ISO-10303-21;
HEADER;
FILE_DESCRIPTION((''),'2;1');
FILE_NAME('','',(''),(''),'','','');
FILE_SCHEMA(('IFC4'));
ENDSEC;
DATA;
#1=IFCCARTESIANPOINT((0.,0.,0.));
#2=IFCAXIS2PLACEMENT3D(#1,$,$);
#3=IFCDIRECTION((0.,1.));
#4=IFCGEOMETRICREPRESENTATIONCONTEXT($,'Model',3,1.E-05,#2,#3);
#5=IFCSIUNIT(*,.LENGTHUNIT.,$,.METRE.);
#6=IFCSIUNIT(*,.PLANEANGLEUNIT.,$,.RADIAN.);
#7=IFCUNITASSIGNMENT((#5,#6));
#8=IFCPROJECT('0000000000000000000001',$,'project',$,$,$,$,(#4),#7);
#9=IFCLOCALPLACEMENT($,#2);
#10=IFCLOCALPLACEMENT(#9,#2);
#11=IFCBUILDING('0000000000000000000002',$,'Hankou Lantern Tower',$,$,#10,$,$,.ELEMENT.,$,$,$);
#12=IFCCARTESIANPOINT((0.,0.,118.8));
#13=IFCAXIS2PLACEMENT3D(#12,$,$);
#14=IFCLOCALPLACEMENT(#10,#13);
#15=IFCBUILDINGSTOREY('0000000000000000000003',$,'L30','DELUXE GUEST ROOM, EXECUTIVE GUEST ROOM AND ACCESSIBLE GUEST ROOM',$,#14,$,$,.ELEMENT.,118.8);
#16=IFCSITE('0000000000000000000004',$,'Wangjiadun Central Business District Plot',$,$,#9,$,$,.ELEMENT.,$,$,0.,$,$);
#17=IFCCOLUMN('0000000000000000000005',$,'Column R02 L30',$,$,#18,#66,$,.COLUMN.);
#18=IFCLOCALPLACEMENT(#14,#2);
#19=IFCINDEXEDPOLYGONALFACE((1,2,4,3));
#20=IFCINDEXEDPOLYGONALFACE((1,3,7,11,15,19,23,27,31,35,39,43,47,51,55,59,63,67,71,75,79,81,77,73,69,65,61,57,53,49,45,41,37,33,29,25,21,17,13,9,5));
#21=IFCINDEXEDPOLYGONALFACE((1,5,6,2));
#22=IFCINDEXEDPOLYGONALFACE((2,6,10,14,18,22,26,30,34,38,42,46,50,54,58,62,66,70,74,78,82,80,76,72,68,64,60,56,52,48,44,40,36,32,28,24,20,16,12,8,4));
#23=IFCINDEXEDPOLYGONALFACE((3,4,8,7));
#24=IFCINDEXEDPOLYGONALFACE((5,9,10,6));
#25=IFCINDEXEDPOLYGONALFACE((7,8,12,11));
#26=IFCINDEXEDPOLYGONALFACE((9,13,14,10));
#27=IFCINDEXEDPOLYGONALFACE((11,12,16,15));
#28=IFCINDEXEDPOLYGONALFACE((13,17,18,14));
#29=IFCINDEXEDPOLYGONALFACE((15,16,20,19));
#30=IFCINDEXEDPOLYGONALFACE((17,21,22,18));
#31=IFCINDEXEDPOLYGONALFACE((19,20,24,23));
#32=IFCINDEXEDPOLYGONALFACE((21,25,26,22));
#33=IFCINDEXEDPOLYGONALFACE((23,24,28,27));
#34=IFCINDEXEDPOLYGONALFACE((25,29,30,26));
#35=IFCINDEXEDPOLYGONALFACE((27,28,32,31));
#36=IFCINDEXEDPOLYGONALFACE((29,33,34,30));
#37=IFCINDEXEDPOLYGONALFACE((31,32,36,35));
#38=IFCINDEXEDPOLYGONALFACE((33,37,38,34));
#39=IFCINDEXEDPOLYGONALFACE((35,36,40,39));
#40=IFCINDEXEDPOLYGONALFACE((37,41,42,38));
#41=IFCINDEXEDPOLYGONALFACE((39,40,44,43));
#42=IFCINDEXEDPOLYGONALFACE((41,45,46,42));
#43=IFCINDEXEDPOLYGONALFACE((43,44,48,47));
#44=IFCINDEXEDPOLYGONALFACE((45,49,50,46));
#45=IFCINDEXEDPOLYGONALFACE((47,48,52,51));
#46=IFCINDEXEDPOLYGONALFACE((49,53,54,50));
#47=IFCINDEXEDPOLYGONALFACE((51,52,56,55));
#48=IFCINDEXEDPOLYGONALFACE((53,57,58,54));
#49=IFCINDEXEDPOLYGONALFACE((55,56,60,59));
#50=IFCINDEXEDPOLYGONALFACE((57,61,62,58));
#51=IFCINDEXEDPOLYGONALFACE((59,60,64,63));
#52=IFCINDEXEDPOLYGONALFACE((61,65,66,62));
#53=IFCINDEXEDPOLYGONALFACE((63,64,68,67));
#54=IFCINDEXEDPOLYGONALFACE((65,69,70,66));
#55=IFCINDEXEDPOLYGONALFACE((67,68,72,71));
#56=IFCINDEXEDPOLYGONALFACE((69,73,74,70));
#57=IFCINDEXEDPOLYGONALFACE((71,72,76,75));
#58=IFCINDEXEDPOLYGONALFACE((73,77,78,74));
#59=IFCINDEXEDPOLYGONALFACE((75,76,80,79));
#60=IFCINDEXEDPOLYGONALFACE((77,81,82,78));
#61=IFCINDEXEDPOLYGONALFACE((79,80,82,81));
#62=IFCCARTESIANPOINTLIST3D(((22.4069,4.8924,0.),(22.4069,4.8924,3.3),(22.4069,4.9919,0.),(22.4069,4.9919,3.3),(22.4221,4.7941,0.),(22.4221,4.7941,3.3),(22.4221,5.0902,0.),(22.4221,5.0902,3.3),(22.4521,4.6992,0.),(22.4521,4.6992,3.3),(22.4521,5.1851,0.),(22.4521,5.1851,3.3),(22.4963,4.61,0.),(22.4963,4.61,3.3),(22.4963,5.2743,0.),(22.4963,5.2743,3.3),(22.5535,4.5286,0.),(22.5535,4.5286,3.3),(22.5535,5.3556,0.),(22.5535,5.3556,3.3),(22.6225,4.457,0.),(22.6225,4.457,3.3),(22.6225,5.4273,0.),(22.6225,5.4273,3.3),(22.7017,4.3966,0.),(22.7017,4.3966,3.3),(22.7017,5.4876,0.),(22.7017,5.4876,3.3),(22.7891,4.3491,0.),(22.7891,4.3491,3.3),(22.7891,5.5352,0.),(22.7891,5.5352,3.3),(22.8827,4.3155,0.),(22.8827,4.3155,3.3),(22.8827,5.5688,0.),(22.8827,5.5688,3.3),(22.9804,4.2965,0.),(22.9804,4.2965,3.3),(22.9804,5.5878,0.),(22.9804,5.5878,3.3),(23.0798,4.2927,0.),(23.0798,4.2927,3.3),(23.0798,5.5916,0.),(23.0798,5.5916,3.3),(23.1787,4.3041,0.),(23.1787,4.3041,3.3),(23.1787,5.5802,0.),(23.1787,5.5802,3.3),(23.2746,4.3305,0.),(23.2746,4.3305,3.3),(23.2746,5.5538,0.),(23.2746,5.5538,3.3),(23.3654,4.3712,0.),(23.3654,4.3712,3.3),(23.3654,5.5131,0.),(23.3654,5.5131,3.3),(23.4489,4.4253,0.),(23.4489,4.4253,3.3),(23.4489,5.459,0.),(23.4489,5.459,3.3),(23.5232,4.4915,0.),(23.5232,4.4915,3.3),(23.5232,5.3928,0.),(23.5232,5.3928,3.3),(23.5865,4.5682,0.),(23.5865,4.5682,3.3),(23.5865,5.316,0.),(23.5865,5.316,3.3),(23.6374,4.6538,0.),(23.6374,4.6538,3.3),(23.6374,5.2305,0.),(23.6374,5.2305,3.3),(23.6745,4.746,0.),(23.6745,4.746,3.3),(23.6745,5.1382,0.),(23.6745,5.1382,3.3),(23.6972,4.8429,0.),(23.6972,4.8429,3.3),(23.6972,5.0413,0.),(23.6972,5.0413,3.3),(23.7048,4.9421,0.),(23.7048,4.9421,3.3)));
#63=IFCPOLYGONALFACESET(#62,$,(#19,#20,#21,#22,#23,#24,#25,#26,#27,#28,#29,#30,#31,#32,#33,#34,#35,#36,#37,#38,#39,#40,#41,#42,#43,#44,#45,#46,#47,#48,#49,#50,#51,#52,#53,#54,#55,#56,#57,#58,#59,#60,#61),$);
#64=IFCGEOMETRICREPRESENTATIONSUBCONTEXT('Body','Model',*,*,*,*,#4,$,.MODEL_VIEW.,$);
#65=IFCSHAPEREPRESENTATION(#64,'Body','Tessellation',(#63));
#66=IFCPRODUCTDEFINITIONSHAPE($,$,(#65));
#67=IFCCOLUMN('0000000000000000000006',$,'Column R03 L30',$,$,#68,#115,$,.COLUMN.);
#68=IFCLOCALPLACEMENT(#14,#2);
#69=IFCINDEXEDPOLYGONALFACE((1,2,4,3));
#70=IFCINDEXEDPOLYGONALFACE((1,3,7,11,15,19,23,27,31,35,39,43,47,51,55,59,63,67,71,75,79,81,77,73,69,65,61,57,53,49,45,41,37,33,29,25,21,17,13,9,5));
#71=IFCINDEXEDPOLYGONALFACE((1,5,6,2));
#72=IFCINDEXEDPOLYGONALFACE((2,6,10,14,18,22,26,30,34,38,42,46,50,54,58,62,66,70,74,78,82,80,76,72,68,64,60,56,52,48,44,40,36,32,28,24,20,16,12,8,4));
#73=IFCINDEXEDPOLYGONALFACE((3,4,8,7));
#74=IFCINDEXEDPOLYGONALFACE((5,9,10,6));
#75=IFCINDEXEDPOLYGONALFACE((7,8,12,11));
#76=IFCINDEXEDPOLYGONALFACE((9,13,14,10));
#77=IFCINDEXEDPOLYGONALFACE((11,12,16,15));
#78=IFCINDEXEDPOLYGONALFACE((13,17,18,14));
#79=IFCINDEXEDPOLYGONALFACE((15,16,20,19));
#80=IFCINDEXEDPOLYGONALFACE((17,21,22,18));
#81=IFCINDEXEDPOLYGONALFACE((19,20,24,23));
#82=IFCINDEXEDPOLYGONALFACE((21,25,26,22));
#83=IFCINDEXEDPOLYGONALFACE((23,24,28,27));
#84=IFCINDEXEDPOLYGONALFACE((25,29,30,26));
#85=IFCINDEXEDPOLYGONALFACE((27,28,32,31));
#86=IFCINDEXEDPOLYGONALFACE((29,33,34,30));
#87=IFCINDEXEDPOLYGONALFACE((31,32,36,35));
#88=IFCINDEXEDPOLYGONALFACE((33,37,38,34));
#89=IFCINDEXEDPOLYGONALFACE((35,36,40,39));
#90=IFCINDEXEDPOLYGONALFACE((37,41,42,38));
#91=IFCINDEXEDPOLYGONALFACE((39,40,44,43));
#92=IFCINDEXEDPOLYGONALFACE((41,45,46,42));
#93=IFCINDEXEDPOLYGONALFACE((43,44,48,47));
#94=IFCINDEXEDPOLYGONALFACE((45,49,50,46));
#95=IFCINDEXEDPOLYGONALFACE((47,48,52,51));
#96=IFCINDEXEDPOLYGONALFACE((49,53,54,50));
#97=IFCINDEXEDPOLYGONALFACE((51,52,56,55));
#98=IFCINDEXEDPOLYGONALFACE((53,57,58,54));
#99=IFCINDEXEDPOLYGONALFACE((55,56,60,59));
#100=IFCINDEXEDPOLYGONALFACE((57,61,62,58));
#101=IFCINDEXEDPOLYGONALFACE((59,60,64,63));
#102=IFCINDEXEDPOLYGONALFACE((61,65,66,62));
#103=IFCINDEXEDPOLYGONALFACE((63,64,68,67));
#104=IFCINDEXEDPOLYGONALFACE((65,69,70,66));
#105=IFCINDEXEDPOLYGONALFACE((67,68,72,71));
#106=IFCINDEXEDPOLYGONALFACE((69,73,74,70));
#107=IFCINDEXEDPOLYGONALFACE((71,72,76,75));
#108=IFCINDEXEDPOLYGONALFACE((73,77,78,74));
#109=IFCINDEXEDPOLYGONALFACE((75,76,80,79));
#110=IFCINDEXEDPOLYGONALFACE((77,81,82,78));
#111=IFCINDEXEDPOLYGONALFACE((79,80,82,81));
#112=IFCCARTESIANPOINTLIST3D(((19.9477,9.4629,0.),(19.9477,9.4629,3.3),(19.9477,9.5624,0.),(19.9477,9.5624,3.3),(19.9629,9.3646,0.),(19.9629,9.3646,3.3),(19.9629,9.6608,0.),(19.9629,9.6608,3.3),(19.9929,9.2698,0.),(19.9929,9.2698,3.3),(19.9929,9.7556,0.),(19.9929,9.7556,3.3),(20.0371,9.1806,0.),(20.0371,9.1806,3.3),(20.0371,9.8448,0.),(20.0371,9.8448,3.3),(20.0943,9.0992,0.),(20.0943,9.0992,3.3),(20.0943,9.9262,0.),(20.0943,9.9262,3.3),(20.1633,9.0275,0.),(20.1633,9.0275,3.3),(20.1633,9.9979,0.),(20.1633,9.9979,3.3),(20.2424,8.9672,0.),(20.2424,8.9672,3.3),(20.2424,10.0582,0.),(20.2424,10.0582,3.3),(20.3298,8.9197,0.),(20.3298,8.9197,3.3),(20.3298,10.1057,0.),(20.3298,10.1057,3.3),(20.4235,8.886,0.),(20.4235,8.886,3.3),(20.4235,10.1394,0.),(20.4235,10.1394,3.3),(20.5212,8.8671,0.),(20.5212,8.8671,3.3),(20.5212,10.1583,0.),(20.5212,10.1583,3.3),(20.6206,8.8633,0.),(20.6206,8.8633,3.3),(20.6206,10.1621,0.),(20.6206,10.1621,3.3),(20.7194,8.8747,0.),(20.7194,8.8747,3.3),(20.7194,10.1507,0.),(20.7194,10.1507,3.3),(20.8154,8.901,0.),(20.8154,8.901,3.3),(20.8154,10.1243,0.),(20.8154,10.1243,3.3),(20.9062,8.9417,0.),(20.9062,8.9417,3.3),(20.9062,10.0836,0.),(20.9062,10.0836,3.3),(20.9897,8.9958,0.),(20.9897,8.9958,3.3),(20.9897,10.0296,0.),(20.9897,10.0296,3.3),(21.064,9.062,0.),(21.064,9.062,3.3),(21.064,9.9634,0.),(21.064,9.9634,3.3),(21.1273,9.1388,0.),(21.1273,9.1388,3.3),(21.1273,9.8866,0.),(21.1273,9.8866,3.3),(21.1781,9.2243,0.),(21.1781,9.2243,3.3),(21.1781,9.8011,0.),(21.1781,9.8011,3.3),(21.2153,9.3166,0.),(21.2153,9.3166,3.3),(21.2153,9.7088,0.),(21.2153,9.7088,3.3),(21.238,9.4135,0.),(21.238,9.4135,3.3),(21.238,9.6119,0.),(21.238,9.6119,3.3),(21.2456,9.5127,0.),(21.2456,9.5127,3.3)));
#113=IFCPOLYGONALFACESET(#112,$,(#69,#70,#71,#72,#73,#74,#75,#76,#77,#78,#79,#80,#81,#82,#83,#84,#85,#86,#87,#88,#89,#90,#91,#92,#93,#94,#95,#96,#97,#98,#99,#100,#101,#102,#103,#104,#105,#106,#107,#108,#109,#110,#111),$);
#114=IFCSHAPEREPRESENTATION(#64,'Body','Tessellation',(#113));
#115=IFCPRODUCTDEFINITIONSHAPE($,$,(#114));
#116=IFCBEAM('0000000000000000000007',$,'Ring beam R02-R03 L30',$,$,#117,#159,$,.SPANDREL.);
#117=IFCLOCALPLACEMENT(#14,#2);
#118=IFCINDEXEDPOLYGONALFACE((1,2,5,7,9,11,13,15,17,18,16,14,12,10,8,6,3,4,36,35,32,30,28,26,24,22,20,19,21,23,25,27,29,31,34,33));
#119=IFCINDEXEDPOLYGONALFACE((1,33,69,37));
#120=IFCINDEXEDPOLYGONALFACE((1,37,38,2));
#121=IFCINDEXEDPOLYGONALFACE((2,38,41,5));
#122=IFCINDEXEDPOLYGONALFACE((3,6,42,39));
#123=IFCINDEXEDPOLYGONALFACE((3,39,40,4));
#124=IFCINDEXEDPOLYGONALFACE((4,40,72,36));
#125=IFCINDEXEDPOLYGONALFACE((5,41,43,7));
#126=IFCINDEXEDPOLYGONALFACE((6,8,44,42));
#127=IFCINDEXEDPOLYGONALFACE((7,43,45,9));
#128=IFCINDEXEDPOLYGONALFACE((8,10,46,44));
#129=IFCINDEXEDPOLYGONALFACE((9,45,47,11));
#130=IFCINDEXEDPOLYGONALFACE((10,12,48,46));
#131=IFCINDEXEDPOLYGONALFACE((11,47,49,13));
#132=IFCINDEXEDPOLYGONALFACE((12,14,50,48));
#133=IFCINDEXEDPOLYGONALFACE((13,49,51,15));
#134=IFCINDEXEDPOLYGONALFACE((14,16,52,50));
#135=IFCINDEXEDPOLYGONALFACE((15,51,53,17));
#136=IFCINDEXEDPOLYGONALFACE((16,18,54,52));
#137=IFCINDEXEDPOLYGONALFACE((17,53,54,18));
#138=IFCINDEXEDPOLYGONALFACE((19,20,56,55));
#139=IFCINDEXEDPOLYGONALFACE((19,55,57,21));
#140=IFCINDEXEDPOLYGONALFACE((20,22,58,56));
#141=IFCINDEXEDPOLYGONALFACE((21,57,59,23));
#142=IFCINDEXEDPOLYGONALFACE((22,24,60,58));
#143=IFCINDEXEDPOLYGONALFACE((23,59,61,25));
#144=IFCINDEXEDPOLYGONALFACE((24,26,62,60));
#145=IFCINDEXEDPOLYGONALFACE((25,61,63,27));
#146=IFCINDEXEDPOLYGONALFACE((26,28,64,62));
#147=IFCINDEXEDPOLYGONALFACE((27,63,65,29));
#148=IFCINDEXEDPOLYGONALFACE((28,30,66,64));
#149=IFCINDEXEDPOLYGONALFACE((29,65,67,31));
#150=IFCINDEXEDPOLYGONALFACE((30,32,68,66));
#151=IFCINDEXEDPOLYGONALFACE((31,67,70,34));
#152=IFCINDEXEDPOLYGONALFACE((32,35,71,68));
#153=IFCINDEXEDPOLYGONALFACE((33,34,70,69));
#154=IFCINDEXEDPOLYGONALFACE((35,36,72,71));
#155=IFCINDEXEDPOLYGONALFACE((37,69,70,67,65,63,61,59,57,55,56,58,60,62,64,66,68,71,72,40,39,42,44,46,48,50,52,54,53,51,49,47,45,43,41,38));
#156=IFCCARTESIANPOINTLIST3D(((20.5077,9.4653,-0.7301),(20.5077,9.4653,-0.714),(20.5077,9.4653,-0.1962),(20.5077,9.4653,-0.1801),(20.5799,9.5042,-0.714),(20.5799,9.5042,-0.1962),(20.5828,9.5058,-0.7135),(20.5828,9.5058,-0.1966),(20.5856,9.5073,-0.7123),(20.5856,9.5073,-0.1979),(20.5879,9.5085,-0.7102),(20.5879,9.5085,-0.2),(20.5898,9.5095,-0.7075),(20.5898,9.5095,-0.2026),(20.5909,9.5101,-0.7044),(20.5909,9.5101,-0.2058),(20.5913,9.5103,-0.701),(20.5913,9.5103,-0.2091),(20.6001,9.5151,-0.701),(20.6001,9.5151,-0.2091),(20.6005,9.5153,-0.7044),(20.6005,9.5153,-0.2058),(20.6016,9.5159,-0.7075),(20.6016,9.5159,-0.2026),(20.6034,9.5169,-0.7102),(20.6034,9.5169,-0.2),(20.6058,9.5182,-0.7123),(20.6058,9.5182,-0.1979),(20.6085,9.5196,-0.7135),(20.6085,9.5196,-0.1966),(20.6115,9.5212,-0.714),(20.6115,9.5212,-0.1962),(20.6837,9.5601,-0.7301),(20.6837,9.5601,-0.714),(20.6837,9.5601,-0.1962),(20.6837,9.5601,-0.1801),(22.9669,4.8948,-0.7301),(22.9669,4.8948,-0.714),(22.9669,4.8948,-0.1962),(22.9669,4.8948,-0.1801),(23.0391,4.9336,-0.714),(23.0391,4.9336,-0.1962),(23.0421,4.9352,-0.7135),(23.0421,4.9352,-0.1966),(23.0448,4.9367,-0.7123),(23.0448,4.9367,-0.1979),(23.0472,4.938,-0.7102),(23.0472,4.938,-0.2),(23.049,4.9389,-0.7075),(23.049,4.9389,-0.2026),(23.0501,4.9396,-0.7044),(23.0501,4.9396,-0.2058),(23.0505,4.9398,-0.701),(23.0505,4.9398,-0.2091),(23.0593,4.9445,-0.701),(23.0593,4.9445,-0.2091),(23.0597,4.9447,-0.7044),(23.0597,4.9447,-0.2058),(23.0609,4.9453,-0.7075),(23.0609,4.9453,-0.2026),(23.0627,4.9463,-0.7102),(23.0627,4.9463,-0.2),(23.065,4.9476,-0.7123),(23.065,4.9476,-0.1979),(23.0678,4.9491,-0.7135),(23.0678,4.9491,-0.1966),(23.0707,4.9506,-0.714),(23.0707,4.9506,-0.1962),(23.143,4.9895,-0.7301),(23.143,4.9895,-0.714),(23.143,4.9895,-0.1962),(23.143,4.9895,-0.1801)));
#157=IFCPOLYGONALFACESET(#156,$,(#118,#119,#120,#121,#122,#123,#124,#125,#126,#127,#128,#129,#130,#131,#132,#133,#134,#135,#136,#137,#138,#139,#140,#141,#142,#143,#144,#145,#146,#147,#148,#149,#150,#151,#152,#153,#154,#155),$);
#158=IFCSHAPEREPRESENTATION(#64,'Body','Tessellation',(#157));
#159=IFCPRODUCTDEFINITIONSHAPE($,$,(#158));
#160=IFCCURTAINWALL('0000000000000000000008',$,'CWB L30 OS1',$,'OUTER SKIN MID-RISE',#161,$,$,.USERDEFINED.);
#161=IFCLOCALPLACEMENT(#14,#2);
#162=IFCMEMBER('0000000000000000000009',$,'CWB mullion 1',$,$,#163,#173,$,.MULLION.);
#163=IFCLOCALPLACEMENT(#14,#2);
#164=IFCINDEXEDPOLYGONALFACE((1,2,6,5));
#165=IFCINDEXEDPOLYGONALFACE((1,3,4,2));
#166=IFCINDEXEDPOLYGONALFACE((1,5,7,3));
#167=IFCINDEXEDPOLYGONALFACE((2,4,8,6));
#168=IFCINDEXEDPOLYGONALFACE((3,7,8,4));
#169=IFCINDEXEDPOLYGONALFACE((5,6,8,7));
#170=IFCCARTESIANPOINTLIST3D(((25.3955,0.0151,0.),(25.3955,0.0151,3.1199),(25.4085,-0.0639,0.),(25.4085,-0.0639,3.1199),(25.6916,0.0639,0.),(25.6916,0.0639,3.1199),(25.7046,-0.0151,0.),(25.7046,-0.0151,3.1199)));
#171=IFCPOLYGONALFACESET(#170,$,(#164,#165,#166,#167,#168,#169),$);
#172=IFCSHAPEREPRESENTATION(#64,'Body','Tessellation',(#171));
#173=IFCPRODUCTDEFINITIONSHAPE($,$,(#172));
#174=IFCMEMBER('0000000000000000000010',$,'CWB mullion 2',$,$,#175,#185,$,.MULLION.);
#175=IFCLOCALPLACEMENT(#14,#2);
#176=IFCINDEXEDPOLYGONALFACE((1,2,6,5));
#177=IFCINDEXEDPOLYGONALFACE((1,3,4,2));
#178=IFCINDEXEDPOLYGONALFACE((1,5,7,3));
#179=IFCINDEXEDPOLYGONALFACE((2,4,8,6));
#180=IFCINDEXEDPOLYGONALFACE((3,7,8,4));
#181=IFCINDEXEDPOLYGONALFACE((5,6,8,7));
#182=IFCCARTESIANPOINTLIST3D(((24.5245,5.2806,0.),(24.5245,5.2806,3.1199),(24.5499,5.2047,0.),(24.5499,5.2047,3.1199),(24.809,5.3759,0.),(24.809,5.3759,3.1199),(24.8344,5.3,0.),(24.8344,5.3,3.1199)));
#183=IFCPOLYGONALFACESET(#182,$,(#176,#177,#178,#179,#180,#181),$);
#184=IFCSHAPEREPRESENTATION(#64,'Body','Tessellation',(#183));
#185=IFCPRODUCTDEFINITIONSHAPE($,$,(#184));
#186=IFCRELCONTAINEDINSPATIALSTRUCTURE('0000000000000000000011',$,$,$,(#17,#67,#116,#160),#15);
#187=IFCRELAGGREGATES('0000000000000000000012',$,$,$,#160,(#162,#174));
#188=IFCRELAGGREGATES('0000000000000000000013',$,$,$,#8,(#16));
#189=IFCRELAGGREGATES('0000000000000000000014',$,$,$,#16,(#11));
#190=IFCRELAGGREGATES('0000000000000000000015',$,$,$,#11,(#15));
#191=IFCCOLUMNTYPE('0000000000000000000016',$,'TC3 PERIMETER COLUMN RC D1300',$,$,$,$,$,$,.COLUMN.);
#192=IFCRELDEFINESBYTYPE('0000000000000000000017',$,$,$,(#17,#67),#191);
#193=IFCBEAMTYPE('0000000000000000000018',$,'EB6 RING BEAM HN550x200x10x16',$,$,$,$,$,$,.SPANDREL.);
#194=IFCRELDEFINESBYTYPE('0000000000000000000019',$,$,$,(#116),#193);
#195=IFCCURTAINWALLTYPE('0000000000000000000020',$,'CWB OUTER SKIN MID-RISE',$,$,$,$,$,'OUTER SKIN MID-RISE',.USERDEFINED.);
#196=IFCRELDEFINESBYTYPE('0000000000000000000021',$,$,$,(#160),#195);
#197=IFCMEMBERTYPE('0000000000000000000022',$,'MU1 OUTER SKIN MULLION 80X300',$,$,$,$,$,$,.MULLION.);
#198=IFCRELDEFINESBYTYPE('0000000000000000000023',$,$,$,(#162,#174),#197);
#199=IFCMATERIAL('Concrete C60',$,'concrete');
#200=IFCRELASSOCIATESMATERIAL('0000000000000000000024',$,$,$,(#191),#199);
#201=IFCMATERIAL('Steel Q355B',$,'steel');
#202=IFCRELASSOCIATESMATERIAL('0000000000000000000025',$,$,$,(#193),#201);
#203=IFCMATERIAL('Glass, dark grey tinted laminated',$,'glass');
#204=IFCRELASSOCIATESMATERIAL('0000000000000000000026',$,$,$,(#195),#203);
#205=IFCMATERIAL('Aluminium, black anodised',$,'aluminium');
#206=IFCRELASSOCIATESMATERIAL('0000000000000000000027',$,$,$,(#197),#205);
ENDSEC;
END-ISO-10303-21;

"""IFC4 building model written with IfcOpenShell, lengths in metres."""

from ifc_helpers import new_model, si_unit, direction, frame, origin, origin_2d, place, context, subcontext, project, spatial, rectangle, circle, i_section, extrude, material, material_profile, profile_set, type_object, element, aggregate, save


model = new_model("IFC4")

# Units and contexts
model_context = context("Model", 3, precision=1e-05, world=origin(), true_north=direction((0.0, 1.0)))
body_context = subcontext(model_context, "Body", "Model", "MODEL_VIEW")
ifc_project = project(units=[si_unit("LENGTHUNIT", "METRE"), si_unit("PLANEANGLEUNIT", "RADIAN")], contexts=[model_context])

# Site, building, storey
site_placement = place(None, origin())
site = spatial("IfcSite", under=ifc_project, at=site_placement, Name="Wangjiadun Central Business District Plot", CompositionType="ELEMENT", RefElevation=0.0)
building_placement = place(site_placement, origin())
building = spatial("IfcBuilding", under=site, at=building_placement, Name="Hankou Lantern Tower", CompositionType="ELEMENT")
storey_placement = place(building_placement, frame((0.0, 0.0, 118.8)))
storey = spatial("IfcBuildingStorey", under=building, at=storey_placement, Name="L30", Description="DELUXE GUEST ROOM, EXECUTIVE GUEST ROOM AND ACCESSIBLE GUEST ROOM", CompositionType="ELEMENT", Elevation=118.8)

# Columns
ifc_material_1 = material(Name="Concrete C60", Category="concrete")
ifc_material_profile_1 = material_profile(ifc_material_1, circle(Radius=0.6499, at=origin_2d()), Name="RC D1300")
ifc_profile_set_1 = profile_set([ifc_material_profile_1], Name="Concrete C60")
column_type = type_object("IfcColumnType", Name="TC3 PERIMETER COLUMN RC D1300", PredefinedType="COLUMN", material=ifc_profile_set_1)
for number, where, z_axis, x_axis, name in (
    (1, (23.0549, 4.9421, 0.0), (0.0, 0.0, 1.0), (1.0, 0.0, 0.0), "Column R02 L30"),
    (2, (20.5957, 9.5127, 0.0), (0.0, 0.0, 1.0), (1.0, 0.0, 0.0), "Column R03 L30"),
):
    element("IfcColumn", number, at=place(storey_placement, frame(where, z_axis=z_axis, x_axis=x_axis)), inside=storey, type_object=column_type, Name=name, PredefinedType="COLUMN", context=body_context, shape_type="SweptSolid", body=[
        extrude(circle(Radius=0.6499, at=origin_2d()), origin(), (0.0, 0.0, 1.0), 3.3),
    ])

# Beam
ifc_material_2 = material(Name="Steel Q355B", Category="steel")
ifc_material_profile_2 = material_profile(ifc_material_2, i_section(OverallWidth=0.2, OverallDepth=0.55, WebThickness=0.01, FlangeThickness=0.0161, FilletRadius=0.0129, at=origin_2d()), Name="HN550x200x10x16")
ifc_profile_set_2 = profile_set([ifc_material_profile_2], Name="Steel Q355B")
beam_type_1 = type_object("IfcBeamType", Name="EB6 RING BEAM HN550x200x10x16", PredefinedType="SPANDREL", material=ifc_profile_set_2)
beam_1_placement = place(storey_placement, frame((23.0549, 4.9421, -0.4551), z_axis=(-0.473825, 0.880619, 0.0), x_axis=(-0.880619, -0.473825, 0.0)))
element("IfcBeam", 3, at=beam_1_placement, inside=storey, type_object=beam_type_1, Name="Ring beam R02-R03 L30", PredefinedType="SPANDREL", context=body_context, shape_type="SweptSolid", body=[
    extrude(i_section(OverallWidth=0.2, OverallDepth=0.55, WebThickness=0.01, FlangeThickness=0.0161, FilletRadius=0.0129, at=origin_2d()), origin(), (0.0, 0.0, 1.0), 5.1902),
])

# Curtain wall, members
ifc_material_3 = material(Name="Glass, dark grey tinted laminated", Category="glass")
curtain_wall_type = type_object("IfcCurtainWallType", Name="CWB OUTER SKIN MID-RISE", ElementType="OUTER SKIN MID-RISE", PredefinedType="USERDEFINED", material=ifc_material_3)
curtain_wall_placement = place(storey_placement, origin())
curtain_wall = element("IfcCurtainWall", 4, at=curtain_wall_placement, inside=storey, type_object=curtain_wall_type, Name="CWB L30 OS1", ObjectType="OUTER SKIN MID-RISE", PredefinedType="USERDEFINED")
ifc_material_4 = material(Name="Aluminium, black anodised", Category="aluminium")
ifc_material_profile_3 = material_profile(ifc_material_4, rectangle(XDim=0.0801, YDim=0.3, at=origin_2d()), Name="MU1 80X300")
ifc_profile_set_3 = profile_set([ifc_material_profile_3], Name="Aluminium, black anodised")
member_type_1 = type_object("IfcMemberType", Name="MU1 OUTER SKIN MULLION 80X300", PredefinedType="MULLION", material=ifc_profile_set_3)
member_1_placement = place(storey_placement, frame((25.55, 0.0, 0.0), z_axis=(0.0, 0.0, 1.0), x_axis=(-0.162382, 0.986728, 0.0)))
member_1 = element("IfcMember", 5, at=member_1_placement, type_object=member_type_1, Name="CWB mullion 1", PredefinedType="MULLION", context=body_context, shape_type="SweptSolid", body=[
    extrude(rectangle(XDim=0.0801, YDim=0.3, at=origin_2d()), origin(), (0.0, 0.0, 1.0), 3.1199),
])
member_2_placement = place(storey_placement, frame((24.6794, 5.2903, 0.0), z_axis=(0.0, 0.0, 1.0), x_axis=(-0.317596, 0.948226, 0.0)))
member_2 = element("IfcMember", 6, at=member_2_placement, type_object=member_type_1, Name="CWB mullion 2", PredefinedType="MULLION", context=body_context, shape_type="SweptSolid", body=[
    extrude(rectangle(XDim=0.0801, YDim=0.3, at=origin_2d()), origin(), (0.0, 0.0, 1.0), 3.1199),
])

aggregate(curtain_wall, [member_1, member_2])

save(model, "model.ifc")
